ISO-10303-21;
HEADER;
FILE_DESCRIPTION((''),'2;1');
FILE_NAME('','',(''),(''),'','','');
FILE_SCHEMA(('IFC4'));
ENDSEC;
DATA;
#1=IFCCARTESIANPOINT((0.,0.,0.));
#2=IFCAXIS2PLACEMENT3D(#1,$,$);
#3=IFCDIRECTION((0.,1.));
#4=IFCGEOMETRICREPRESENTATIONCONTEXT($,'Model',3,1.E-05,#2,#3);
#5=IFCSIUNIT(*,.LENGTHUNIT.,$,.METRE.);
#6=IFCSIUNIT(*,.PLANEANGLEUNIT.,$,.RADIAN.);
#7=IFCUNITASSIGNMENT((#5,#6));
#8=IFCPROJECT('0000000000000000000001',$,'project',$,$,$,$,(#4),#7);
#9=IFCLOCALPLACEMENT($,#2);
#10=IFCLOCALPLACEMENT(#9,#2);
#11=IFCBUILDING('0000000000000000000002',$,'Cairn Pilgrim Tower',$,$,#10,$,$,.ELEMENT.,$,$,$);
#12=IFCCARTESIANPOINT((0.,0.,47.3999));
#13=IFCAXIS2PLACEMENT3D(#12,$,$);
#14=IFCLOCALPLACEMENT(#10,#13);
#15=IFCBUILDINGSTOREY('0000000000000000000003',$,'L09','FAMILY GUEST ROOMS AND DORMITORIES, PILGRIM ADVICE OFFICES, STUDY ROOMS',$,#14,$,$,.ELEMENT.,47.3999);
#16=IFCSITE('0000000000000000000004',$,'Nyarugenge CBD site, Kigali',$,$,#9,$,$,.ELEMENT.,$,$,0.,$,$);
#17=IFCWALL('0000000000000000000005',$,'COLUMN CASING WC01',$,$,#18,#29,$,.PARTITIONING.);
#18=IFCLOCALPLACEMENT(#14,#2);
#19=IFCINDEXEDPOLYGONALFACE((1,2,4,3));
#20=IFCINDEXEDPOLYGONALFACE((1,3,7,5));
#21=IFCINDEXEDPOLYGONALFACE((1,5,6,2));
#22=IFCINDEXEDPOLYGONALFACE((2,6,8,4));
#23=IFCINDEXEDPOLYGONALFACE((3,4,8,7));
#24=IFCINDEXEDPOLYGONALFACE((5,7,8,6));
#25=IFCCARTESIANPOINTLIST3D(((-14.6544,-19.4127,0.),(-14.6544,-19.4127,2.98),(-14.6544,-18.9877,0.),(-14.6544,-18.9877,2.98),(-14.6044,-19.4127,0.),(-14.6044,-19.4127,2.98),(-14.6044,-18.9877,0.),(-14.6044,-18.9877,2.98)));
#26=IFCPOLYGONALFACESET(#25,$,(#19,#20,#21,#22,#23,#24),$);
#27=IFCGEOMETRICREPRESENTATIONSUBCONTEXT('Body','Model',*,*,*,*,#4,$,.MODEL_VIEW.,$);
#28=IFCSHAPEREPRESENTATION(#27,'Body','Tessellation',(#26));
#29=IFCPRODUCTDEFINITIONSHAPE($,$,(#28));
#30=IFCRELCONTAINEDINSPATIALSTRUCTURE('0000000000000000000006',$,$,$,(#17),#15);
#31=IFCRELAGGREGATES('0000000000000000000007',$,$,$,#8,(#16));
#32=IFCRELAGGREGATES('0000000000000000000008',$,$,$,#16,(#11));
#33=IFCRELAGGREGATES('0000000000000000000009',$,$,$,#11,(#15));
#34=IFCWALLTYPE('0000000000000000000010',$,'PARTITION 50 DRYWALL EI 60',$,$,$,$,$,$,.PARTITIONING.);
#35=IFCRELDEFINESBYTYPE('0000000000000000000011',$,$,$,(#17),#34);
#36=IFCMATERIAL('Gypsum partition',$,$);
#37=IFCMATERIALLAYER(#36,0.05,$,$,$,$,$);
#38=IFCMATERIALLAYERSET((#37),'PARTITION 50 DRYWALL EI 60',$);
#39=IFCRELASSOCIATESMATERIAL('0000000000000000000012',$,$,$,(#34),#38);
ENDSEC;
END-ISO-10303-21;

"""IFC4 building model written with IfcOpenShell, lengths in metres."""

from ifc_helpers import new_model, si_unit, direction, frame, frame_2d, origin, place, context, subcontext, project, spatial, rectangle, extrude, material, layer, layer_set, type_object, element, save


model = new_model("IFC4")

# Units and contexts
model_context = context("Model", 3, precision=1e-05, world=origin(), true_north=direction((0.0, 1.0)))
body_context = subcontext(model_context, "Body", "Model", "MODEL_VIEW")
ifc_project = project(units=[si_unit("LENGTHUNIT", "METRE"), si_unit("PLANEANGLEUNIT", "RADIAN")], contexts=[model_context])

# Site, building, storey
site_placement = place(None, origin())
site = spatial("IfcSite", under=ifc_project, at=site_placement, Name="Nyarugenge CBD site, Kigali", CompositionType="ELEMENT", RefElevation=0.0)
building_placement = place(site_placement, origin())
building = spatial("IfcBuilding", under=site, at=building_placement, Name="Cairn Pilgrim Tower", CompositionType="ELEMENT")
storey_placement = place(building_placement, frame((0.0, 0.0, 47.3999)))
storey = spatial("IfcBuildingStorey", under=building, at=storey_placement, Name="L09", Description="FAMILY GUEST ROOMS AND DORMITORIES, PILGRIM ADVICE OFFICES, STUDY ROOMS", CompositionType="ELEMENT", Elevation=47.3999)

# Shared definitions
ifc_material_1 = material(Name="Gypsum partition")

# Wall
ifc_layer_1 = layer(ifc_material_1, 0.05)
ifc_layer_set_1 = layer_set([ifc_layer_1], Name="PARTITION 50 DRYWALL EI 60")
wall_type_1 = type_object("IfcWallType", Name="PARTITION 50 DRYWALL EI 60", PredefinedType="PARTITIONING", material=ifc_layer_set_1)
wall_1_placement = place(storey_placement, frame((-14.6294, -19.4126, 0.0), z_axis=(0.0, 0.0, 1.0), x_axis=(0.0, 1.0, 0.0)))
element("IfcWall", 1, at=wall_1_placement, inside=storey, type_object=wall_type_1, Name="COLUMN CASING WC01", PredefinedType="PARTITIONING", context=body_context, shape_type="SweptSolid", body=[
    extrude(rectangle(XDim=0.425, YDim=0.05, at=frame_2d((0.2124, 0.0))), origin(), (0.0, 0.0, 1.0), 2.98),
])

save(model, "model.ifc")
